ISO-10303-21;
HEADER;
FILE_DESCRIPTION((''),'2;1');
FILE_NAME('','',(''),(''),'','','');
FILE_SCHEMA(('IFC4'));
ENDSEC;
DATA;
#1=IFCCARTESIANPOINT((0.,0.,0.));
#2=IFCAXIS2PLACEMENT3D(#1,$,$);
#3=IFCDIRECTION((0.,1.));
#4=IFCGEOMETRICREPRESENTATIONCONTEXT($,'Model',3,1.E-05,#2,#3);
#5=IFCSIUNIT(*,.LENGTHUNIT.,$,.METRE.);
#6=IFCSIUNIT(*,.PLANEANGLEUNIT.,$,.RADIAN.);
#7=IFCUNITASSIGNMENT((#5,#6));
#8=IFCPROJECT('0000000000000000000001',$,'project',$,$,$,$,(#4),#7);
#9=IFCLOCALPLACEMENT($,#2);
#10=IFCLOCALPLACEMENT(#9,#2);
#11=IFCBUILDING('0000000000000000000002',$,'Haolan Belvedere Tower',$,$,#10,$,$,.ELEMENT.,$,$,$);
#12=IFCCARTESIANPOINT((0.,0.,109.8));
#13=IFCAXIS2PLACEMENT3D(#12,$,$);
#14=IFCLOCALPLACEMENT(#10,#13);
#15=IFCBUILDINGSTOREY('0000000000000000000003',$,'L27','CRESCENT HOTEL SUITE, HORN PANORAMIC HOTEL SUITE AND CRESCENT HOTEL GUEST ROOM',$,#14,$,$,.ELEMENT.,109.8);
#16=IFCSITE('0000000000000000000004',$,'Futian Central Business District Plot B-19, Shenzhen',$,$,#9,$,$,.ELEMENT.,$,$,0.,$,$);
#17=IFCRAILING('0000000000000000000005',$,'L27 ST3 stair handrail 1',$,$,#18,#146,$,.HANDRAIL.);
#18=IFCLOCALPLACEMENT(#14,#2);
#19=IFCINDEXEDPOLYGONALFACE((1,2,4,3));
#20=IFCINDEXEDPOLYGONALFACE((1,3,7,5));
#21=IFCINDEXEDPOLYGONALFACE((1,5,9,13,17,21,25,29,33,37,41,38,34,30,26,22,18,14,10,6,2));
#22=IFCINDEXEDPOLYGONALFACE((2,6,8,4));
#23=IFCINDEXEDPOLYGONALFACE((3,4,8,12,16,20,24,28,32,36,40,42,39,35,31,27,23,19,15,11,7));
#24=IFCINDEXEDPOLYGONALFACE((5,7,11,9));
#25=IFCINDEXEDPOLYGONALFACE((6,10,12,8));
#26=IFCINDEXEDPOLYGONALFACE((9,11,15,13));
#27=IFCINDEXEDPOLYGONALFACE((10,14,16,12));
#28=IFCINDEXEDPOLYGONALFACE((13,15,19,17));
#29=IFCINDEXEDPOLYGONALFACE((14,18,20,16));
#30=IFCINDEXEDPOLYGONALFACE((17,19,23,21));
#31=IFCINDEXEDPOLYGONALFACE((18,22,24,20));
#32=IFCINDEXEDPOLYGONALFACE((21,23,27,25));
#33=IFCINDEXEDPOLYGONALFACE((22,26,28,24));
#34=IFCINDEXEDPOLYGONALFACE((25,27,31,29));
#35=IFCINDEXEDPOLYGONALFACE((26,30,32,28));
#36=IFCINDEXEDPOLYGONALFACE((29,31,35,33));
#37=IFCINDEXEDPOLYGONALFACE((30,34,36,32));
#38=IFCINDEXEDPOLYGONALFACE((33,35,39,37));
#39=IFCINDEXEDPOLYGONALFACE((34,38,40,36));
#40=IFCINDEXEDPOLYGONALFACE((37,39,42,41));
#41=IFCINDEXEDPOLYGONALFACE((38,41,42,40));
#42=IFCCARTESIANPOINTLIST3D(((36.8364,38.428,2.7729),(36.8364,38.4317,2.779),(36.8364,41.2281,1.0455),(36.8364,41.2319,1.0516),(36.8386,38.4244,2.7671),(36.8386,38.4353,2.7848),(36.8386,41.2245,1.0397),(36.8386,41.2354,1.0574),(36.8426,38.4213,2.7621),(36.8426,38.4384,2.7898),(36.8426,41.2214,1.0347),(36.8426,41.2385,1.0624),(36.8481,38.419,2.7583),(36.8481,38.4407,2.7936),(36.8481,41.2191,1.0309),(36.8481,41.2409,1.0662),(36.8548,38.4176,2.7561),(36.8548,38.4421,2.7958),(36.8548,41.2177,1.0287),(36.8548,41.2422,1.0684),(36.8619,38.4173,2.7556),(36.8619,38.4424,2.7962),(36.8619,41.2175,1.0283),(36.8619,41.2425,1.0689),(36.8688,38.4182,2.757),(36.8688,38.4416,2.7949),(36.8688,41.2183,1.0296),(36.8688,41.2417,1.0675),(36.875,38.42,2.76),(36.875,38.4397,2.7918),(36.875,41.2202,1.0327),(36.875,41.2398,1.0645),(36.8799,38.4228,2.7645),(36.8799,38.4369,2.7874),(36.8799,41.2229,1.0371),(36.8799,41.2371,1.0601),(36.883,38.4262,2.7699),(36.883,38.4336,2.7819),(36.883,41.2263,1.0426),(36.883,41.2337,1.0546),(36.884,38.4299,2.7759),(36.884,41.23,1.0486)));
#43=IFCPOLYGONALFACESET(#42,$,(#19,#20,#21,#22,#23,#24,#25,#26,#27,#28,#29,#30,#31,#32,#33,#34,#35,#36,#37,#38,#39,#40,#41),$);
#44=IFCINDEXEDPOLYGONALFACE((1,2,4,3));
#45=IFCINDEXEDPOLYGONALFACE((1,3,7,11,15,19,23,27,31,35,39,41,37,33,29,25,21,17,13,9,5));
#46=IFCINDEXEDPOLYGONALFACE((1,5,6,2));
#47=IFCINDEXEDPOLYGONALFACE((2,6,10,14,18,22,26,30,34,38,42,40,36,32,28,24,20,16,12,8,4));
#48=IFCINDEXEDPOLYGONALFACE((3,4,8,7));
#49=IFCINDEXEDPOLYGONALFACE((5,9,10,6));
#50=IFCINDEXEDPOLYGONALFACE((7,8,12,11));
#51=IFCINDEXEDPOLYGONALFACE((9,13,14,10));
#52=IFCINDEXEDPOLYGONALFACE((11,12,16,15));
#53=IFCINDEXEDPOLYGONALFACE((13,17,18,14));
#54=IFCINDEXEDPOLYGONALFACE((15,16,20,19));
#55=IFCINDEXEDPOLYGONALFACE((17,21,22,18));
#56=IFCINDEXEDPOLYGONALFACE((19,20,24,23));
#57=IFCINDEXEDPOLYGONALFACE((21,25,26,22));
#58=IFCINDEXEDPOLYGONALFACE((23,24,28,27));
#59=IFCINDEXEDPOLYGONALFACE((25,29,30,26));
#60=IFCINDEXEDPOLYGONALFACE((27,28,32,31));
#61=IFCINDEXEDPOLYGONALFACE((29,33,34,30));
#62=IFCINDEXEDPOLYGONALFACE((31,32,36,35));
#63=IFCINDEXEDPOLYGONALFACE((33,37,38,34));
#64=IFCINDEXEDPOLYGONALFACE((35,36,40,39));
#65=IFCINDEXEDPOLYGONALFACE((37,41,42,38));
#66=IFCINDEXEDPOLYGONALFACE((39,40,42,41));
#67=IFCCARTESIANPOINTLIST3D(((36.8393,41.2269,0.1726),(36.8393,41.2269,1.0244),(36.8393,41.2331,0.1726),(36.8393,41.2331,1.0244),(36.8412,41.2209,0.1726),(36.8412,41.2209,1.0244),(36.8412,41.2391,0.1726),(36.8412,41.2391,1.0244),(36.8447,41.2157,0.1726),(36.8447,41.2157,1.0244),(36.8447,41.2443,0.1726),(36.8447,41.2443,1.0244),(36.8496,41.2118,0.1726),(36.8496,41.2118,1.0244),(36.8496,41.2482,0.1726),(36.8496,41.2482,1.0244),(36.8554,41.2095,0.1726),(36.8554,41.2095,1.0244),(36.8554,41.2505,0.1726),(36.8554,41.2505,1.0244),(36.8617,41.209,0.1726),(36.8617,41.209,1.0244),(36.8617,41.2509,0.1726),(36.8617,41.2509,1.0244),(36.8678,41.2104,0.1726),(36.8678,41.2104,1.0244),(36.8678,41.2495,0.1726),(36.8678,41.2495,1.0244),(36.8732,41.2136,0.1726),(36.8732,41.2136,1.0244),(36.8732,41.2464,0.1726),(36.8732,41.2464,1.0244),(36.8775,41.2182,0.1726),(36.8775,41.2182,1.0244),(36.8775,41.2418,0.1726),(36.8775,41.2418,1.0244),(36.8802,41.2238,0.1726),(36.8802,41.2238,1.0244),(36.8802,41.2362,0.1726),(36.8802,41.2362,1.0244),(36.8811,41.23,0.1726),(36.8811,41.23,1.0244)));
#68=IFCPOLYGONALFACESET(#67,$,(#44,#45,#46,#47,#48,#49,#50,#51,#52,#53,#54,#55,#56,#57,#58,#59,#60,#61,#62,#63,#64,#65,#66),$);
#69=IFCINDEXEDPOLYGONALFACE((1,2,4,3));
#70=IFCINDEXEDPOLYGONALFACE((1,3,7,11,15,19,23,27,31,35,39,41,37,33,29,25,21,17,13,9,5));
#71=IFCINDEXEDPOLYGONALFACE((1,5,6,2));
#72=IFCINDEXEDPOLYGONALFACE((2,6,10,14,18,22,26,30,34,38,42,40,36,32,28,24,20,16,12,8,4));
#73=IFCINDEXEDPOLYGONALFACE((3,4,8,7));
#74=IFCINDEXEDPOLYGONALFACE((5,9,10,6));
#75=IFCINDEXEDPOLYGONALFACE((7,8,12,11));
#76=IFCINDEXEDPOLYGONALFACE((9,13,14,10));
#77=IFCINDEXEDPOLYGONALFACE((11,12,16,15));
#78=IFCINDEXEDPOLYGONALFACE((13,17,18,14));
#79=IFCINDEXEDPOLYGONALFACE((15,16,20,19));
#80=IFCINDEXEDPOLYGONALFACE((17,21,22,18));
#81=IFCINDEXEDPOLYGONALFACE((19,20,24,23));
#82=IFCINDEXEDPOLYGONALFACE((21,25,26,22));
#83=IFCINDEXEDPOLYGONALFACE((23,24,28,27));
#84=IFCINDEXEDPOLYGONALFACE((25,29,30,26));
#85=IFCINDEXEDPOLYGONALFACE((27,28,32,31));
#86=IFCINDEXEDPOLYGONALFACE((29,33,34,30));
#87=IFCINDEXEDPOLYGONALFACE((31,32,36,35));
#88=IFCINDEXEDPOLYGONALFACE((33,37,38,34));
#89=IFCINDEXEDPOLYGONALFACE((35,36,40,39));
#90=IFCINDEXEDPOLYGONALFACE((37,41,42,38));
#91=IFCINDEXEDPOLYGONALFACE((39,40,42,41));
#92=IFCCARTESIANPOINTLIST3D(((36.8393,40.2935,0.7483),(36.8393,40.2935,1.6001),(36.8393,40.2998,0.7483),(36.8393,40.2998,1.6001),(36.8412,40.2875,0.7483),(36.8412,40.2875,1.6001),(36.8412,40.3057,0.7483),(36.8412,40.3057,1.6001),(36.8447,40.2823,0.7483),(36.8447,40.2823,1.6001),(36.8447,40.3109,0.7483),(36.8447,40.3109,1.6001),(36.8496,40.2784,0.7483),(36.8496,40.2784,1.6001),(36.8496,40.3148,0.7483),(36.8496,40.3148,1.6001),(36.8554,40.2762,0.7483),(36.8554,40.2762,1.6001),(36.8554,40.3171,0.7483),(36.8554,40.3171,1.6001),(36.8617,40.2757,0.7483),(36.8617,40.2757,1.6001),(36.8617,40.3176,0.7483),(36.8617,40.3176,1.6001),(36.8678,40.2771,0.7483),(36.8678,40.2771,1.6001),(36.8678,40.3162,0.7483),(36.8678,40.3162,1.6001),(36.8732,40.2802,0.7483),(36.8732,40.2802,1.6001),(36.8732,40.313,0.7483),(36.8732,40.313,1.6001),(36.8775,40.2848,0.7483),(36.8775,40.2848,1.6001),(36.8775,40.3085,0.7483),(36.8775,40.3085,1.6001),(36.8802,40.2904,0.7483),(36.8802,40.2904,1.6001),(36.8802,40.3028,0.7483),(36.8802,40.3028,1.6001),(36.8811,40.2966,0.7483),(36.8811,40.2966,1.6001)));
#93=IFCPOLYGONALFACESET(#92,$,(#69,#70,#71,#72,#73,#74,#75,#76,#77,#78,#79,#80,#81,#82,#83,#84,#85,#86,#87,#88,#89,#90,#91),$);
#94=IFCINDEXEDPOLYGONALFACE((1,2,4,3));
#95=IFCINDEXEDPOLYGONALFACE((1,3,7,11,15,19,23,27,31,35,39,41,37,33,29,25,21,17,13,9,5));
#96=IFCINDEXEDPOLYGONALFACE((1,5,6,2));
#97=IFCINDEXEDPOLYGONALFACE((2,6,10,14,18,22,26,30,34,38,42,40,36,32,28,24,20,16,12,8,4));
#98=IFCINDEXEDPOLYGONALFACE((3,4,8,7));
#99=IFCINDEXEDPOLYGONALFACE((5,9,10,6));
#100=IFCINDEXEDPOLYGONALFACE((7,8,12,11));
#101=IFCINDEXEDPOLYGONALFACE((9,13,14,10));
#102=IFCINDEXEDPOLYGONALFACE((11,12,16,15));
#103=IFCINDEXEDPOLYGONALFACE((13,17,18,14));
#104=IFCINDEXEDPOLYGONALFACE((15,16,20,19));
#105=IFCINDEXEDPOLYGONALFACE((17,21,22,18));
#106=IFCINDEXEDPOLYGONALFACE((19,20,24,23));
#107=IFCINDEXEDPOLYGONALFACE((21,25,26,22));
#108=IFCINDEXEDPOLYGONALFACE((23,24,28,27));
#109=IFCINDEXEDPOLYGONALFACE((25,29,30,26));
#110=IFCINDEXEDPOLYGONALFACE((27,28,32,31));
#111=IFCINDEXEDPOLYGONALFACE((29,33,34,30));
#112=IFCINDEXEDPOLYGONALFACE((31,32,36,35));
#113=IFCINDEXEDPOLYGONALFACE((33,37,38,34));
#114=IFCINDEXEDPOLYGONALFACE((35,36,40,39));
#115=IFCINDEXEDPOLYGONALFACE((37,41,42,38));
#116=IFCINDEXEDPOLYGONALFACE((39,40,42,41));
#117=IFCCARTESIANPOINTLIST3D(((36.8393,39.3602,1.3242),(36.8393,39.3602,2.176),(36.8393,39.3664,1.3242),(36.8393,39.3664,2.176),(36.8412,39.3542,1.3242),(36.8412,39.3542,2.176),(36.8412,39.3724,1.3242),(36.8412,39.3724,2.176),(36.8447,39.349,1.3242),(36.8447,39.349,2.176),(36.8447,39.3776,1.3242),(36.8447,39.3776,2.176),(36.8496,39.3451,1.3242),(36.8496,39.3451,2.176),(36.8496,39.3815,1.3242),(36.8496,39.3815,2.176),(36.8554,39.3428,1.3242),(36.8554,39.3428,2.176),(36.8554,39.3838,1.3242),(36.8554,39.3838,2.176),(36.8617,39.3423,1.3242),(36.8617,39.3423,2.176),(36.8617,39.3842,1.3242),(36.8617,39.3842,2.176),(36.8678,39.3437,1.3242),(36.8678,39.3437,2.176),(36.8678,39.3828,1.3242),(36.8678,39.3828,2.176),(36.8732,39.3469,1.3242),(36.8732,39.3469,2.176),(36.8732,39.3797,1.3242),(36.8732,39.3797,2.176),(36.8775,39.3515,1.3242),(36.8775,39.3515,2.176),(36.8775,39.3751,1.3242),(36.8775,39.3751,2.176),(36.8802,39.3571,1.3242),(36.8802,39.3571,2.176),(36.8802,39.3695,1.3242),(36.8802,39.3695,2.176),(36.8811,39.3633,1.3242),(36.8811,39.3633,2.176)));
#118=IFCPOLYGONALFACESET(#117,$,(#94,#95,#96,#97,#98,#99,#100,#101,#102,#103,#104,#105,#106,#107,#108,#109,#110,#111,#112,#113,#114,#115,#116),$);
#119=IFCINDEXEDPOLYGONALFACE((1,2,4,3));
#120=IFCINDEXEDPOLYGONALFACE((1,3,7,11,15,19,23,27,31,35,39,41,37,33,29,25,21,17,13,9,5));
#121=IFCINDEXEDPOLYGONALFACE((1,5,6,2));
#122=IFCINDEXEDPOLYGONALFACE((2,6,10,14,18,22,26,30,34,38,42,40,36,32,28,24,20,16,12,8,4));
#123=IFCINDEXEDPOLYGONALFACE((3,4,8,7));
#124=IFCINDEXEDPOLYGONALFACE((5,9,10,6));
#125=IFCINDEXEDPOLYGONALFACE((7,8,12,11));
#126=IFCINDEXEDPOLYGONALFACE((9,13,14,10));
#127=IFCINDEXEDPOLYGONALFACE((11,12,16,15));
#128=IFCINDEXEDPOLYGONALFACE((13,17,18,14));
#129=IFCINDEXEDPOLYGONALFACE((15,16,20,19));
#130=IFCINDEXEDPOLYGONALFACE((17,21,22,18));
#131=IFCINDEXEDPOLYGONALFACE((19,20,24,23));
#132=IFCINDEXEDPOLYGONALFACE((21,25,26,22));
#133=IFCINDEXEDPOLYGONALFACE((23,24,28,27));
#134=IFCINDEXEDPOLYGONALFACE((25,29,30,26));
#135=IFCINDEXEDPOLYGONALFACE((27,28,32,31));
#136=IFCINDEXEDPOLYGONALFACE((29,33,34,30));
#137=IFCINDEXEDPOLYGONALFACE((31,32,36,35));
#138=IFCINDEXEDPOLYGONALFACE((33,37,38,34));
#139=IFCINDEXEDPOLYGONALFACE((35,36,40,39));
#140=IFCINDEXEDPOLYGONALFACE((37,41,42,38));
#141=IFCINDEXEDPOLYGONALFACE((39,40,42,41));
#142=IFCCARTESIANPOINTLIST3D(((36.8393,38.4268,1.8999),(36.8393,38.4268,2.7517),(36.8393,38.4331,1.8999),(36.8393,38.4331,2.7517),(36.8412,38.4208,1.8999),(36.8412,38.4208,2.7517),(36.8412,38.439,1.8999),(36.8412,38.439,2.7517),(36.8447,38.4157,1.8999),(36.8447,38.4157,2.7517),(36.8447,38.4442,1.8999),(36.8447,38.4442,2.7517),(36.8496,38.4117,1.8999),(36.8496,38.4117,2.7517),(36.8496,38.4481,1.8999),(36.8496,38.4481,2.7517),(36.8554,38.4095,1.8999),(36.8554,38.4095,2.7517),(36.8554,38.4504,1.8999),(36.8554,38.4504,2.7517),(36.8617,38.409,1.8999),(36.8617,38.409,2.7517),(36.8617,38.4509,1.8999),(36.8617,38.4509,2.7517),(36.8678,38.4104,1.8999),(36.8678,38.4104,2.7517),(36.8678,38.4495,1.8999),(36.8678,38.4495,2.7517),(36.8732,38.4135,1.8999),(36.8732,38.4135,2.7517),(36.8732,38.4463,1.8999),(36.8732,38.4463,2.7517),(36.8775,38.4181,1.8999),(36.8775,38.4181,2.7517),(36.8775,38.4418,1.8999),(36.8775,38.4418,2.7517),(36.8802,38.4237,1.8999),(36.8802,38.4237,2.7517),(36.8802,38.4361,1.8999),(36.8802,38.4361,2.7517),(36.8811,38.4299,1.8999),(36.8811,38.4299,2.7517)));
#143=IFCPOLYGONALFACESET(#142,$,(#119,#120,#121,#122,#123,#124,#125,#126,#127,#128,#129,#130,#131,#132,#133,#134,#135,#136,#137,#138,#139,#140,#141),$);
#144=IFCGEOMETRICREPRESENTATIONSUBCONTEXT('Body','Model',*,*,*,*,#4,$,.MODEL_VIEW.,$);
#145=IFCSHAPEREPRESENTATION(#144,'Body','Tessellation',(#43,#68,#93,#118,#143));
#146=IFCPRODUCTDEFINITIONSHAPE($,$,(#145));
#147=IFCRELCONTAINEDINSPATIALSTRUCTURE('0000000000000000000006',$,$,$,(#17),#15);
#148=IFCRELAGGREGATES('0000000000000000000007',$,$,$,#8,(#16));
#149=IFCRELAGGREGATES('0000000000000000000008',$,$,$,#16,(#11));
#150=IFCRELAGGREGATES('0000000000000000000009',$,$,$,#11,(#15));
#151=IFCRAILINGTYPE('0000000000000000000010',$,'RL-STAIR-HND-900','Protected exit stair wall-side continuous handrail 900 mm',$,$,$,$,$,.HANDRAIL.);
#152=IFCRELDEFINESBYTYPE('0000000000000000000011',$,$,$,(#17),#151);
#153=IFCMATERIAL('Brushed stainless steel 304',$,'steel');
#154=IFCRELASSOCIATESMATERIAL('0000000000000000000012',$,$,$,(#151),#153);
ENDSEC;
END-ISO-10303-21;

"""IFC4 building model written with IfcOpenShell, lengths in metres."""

from ifc_helpers import new_model, si_unit, direction, frame, origin, origin_2d, place, context, subcontext, project, spatial, circle, extrude, material, type_object, element, save


model = new_model("IFC4")

# Units and contexts
model_context = context("Model", 3, precision=1e-05, world=origin(), true_north=direction((0.0, 1.0)))
body_context = subcontext(model_context, "Body", "Model", "MODEL_VIEW")
ifc_project = project(units=[si_unit("LENGTHUNIT", "METRE"), si_unit("PLANEANGLEUNIT", "RADIAN")], contexts=[model_context])

# Site, building, storey
site_placement = place(None, origin())
site = spatial("IfcSite", under=ifc_project, at=site_placement, Name="Futian Central Business District Plot B-19, Shenzhen", CompositionType="ELEMENT", RefElevation=0.0)
building_placement = place(site_placement, origin())
building = spatial("IfcBuilding", under=site, at=building_placement, Name="Haolan Belvedere Tower", CompositionType="ELEMENT")
storey_placement = place(building_placement, frame((0.0, 0.0, 109.8)))
storey = spatial("IfcBuildingStorey", under=building, at=storey_placement, Name="L27", Description="CRESCENT HOTEL SUITE, HORN PANORAMIC HOTEL SUITE AND CRESCENT HOTEL GUEST ROOM", CompositionType="ELEMENT", Elevation=109.8)

# Railing
ifc_material_1 = material(Name="Brushed stainless steel 304", Category="steel")
railing_type_1 = type_object("IfcRailingType", Name="RL-STAIR-HND-900", Description="Protected exit stair wall-side continuous handrail 900 mm", PredefinedType="HANDRAIL", material=ifc_material_1)
railing_1_placement = place(storey_placement, frame((36.8601, 41.23, 0.1726)))
element("IfcRailing", 1, at=railing_1_placement, inside=storey, type_object=railing_type_1, Name="L27 ST3 stair handrail 1", PredefinedType="HANDRAIL", context=body_context, shape_type="SweptSolid", body=[
    extrude(circle(Radius=0.0239, at=origin_2d()), frame((0.0, 0.0, 0.876), z_axis=(0.0, -0.85109, 0.52502), x_axis=(1.0, 0.0, 0.0)), (0.0, 0.0, 1.0), 3.29),
    extrude(circle(Radius=0.021, at=origin_2d()), origin(), (0.0, 0.0, 1.0), 0.8518),
    extrude(circle(Radius=0.021, at=origin_2d()), frame((0.0, -0.9333, 0.5757)), (0.0, 0.0, 1.0), 0.8518),
    extrude(circle(Radius=0.021, at=origin_2d()), frame((0.0, -1.8667, 1.1516)), (0.0, 0.0, 1.0), 0.8518),
    extrude(circle(Radius=0.021, at=origin_2d()), frame((0.0, -2.8, 1.7273)), (0.0, 0.0, 1.0), 0.8518),
])

save(model, "model.ifc")
